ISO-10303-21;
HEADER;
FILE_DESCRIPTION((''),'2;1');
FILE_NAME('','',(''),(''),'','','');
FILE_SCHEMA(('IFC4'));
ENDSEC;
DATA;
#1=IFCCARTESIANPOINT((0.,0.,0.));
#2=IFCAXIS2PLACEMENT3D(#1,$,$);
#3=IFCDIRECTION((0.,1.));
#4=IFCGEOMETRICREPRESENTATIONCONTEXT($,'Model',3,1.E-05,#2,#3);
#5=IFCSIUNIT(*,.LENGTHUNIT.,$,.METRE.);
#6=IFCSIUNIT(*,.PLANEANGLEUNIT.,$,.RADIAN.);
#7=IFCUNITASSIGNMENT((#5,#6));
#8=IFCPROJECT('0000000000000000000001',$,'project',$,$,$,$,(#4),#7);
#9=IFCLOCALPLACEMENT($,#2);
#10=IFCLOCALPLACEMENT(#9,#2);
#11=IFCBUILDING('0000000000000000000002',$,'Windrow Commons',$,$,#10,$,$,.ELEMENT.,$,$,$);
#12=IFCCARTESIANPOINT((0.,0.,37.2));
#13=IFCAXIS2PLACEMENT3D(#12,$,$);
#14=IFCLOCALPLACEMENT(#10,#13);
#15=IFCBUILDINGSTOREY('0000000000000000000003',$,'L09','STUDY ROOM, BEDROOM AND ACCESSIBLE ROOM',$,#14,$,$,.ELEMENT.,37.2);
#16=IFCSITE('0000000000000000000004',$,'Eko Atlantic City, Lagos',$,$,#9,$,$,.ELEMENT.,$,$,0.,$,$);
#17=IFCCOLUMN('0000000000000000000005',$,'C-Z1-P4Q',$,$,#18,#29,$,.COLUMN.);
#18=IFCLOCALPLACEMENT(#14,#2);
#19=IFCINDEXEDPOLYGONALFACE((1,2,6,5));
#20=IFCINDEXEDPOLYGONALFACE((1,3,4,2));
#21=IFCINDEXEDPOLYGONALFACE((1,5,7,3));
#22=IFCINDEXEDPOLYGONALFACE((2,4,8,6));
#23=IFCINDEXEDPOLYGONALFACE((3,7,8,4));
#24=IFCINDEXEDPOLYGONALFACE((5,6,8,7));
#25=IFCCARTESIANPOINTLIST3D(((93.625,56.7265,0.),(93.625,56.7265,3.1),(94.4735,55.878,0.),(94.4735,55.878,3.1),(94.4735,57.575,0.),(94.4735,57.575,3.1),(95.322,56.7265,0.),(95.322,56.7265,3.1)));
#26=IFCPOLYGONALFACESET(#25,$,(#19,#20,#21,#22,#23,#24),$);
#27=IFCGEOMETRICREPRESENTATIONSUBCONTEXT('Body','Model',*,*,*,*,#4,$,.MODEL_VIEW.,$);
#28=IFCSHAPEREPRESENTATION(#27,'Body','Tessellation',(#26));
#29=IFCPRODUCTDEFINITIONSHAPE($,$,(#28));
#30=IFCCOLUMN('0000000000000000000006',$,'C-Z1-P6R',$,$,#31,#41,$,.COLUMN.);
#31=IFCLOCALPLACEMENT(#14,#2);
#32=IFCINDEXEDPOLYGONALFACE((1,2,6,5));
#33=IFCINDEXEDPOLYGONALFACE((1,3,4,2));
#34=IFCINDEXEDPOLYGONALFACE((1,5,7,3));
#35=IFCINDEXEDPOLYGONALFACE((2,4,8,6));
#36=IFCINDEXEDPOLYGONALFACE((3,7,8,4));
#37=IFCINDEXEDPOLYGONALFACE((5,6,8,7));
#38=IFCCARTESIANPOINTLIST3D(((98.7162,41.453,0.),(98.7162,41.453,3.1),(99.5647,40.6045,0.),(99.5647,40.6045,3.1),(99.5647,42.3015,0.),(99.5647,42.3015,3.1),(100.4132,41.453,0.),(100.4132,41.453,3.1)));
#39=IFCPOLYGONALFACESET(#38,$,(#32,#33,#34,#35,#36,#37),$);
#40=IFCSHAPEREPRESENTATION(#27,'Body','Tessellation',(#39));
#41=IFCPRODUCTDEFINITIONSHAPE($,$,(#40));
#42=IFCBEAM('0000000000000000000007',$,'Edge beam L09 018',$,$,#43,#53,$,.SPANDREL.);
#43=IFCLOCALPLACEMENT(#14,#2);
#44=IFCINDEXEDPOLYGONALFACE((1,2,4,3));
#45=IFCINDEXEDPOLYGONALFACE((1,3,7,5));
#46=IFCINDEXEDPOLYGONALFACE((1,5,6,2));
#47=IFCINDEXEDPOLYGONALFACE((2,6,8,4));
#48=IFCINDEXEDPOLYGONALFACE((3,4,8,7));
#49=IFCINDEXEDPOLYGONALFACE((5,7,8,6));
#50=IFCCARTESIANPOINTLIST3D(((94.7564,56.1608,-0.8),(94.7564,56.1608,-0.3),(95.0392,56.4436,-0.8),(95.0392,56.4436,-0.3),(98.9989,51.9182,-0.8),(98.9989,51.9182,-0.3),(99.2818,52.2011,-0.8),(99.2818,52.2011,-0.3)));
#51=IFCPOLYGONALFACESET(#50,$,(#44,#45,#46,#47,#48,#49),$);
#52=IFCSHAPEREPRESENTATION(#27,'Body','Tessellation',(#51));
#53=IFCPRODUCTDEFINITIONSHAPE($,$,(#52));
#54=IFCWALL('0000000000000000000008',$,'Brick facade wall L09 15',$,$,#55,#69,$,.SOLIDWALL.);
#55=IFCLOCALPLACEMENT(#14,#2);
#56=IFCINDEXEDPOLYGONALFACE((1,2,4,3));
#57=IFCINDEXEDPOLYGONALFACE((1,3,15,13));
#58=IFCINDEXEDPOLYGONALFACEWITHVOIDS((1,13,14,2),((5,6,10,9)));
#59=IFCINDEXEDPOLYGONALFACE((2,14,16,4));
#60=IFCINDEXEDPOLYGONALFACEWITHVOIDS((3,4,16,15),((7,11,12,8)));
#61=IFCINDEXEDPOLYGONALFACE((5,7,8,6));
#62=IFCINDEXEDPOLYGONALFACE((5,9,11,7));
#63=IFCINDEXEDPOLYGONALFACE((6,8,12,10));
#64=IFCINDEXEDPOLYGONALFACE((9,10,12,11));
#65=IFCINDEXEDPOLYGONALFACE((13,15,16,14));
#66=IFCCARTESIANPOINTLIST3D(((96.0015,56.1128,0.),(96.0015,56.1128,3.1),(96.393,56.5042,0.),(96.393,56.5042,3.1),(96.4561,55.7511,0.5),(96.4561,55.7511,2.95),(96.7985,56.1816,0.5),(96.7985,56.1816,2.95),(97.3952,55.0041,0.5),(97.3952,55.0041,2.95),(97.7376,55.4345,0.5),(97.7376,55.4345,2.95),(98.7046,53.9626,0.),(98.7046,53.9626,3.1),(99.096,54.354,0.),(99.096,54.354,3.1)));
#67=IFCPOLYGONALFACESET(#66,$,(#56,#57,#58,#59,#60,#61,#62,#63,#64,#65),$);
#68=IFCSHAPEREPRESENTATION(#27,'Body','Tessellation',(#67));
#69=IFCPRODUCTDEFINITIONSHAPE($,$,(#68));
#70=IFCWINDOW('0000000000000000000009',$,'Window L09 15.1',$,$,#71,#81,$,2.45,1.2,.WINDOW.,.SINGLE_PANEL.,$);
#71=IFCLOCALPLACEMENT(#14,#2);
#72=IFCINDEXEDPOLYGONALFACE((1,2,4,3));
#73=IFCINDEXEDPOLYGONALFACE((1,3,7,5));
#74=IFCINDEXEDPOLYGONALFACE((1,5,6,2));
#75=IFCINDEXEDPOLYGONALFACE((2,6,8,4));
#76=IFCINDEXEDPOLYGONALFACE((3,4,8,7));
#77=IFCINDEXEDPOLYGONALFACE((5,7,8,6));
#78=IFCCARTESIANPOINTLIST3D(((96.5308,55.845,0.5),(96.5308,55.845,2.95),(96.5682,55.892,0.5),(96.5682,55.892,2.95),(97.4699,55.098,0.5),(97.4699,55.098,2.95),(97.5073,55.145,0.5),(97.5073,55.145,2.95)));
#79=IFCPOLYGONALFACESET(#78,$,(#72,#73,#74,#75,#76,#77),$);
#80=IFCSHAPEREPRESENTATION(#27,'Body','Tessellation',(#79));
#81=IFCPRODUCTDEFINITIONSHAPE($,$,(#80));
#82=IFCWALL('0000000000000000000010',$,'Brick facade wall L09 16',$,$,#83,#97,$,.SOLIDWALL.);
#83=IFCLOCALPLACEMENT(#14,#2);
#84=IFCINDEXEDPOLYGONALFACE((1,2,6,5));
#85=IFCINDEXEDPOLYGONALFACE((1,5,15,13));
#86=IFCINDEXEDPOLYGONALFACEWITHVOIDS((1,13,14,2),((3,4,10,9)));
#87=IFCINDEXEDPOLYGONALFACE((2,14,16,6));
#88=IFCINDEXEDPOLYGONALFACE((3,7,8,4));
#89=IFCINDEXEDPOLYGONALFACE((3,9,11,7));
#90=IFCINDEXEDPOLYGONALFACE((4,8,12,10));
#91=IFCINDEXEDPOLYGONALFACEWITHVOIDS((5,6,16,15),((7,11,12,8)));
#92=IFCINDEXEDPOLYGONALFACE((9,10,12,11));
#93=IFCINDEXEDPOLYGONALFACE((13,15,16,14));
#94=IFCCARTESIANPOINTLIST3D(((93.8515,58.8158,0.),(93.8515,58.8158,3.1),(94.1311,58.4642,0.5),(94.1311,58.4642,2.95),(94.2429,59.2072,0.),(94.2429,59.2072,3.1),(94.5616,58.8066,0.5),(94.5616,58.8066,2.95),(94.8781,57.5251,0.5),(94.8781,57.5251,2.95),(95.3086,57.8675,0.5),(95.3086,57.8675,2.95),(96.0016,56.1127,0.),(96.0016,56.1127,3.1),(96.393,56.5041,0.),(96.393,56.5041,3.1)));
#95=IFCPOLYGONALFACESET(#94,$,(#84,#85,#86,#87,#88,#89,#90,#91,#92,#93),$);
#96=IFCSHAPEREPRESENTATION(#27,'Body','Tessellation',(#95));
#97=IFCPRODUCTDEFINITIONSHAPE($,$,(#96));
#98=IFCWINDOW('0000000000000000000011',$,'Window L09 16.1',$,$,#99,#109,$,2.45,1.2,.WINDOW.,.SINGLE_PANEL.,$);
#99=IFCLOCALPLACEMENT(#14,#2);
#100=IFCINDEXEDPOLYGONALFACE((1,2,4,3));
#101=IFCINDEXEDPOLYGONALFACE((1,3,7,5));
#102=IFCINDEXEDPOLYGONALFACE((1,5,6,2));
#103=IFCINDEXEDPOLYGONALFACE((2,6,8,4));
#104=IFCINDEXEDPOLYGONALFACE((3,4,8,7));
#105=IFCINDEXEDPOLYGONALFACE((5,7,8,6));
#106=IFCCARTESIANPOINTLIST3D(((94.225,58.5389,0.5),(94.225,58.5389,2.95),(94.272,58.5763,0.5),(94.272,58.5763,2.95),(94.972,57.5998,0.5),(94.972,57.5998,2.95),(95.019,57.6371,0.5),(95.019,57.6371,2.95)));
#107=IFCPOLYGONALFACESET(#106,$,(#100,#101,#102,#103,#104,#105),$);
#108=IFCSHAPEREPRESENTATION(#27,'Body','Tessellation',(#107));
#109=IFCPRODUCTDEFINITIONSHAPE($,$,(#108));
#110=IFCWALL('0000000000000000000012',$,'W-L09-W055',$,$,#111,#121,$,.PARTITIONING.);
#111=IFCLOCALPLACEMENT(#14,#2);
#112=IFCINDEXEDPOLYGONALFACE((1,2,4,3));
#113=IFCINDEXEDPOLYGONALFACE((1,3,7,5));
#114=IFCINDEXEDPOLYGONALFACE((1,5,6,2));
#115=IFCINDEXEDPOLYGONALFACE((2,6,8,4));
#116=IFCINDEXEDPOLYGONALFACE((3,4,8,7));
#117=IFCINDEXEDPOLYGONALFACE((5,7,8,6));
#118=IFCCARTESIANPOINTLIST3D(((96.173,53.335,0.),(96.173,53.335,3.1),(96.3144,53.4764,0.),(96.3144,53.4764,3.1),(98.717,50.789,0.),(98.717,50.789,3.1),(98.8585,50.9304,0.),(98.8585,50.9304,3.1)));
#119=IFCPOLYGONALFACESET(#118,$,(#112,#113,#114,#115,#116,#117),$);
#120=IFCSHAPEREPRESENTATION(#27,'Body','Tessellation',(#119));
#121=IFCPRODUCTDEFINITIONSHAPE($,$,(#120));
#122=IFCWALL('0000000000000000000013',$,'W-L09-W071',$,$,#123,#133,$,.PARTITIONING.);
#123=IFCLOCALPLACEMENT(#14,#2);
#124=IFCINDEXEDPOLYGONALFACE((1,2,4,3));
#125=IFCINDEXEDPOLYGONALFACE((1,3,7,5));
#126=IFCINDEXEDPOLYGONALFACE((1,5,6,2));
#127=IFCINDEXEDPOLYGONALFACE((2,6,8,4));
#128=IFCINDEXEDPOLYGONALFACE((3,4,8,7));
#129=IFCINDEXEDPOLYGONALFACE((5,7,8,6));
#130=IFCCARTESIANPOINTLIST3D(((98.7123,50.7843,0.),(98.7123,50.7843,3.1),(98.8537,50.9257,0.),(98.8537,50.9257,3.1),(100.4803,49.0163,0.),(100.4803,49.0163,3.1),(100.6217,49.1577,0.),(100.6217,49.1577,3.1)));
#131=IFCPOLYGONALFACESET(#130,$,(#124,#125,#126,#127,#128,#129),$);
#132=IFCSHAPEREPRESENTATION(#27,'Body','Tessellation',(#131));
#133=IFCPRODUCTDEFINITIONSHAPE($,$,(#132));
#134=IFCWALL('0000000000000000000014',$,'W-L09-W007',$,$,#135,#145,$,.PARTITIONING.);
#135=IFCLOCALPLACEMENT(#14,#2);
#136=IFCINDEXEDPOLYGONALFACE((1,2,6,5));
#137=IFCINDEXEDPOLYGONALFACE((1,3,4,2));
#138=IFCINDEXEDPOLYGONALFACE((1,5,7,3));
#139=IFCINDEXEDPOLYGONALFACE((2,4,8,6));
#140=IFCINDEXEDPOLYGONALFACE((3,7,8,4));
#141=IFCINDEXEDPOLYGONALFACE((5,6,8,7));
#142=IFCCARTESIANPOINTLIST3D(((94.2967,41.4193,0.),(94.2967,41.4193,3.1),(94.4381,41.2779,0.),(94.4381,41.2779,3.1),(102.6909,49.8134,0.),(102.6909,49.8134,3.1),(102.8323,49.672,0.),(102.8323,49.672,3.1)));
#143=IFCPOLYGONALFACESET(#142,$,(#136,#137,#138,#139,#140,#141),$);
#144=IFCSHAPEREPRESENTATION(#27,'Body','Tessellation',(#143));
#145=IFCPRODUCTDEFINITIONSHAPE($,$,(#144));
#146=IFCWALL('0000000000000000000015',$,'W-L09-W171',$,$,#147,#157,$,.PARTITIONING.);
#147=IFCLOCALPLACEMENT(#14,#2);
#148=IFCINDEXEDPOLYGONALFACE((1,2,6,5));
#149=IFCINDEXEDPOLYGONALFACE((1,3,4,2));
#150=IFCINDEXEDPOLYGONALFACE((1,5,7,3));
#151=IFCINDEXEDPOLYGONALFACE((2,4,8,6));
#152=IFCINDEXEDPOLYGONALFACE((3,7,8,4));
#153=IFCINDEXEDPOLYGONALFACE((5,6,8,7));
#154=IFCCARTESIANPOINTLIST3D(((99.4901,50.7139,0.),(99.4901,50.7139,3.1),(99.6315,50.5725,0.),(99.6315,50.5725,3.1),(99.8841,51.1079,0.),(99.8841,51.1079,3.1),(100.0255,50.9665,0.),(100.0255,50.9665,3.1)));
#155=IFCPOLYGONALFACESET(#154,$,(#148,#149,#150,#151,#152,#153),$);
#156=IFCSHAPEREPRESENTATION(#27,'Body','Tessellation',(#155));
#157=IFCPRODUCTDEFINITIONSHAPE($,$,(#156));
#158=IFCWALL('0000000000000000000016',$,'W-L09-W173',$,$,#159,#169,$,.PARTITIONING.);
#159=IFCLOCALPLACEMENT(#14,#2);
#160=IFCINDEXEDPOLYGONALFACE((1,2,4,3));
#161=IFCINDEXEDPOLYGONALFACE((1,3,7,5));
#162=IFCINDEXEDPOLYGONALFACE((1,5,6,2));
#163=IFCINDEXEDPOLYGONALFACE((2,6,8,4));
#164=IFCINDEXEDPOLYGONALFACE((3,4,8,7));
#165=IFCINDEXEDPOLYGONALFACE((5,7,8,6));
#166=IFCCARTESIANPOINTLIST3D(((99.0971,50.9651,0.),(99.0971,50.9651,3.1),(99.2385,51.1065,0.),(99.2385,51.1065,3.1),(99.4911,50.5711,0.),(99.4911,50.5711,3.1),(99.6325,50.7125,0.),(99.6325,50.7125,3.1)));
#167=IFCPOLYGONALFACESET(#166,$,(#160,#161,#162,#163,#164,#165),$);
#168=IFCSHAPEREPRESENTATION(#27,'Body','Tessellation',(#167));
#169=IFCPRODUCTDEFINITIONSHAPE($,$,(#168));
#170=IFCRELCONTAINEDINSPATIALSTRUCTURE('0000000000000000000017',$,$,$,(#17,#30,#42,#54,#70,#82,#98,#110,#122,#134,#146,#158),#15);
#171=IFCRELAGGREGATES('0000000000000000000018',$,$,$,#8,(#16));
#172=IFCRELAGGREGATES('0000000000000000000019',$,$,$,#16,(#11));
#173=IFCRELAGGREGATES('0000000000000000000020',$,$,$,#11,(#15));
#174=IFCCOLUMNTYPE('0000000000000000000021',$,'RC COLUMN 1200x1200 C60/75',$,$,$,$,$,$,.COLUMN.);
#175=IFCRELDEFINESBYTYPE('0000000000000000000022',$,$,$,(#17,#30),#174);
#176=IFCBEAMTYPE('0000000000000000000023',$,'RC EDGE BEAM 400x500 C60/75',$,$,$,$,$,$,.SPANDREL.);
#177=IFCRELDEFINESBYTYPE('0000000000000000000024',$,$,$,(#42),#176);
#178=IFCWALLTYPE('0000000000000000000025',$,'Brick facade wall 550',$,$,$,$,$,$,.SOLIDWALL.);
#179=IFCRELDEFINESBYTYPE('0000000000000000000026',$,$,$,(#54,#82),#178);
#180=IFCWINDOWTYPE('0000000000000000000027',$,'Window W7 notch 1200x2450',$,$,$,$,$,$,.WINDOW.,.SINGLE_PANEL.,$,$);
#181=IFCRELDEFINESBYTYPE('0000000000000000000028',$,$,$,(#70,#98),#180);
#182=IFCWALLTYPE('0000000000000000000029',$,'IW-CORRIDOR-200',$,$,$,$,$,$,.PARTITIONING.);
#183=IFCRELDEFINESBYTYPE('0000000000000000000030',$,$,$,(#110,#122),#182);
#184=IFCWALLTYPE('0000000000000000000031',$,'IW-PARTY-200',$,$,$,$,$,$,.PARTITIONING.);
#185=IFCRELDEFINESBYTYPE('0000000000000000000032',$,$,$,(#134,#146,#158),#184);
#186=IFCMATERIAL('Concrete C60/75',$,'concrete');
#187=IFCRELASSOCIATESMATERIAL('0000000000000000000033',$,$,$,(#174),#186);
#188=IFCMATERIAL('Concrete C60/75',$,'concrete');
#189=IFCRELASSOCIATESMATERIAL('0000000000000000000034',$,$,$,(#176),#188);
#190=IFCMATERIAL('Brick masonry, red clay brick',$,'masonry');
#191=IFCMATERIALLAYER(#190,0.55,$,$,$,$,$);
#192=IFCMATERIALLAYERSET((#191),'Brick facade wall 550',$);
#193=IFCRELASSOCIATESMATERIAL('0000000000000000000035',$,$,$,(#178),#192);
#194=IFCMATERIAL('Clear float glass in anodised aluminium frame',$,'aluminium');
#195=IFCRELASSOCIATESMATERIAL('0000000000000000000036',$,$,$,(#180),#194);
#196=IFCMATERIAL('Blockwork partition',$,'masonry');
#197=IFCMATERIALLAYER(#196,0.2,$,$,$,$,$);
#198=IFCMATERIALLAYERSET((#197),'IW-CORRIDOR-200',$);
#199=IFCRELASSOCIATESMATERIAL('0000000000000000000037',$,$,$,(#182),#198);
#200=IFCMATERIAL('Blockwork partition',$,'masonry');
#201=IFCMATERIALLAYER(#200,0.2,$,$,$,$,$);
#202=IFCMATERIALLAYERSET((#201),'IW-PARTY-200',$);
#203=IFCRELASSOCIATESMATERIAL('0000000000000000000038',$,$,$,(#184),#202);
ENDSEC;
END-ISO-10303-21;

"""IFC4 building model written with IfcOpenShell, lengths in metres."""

from ifc_helpers import new_model, si_unit, direction, frame, frame_2d, origin, origin_2d, place, context, subcontext, project, spatial, polyline, rectangle, outline, extrude, material, layer, layer_set, material_profile, profile_set, type_object, element, fill, save


model = new_model("IFC4")

# Units and contexts
model_context = context("Model", 3, precision=1e-05, world=origin(), true_north=direction((0.0, 1.0)))
body_context = subcontext(model_context, "Body", "Model", "MODEL_VIEW")
ifc_project = project(units=[si_unit("LENGTHUNIT", "METRE"), si_unit("PLANEANGLEUNIT", "RADIAN")], contexts=[model_context])

# Site, building, storey
site_placement = place(None, origin())
site = spatial("IfcSite", under=ifc_project, at=site_placement, Name="Eko Atlantic City, Lagos", CompositionType="ELEMENT", RefElevation=0.0)
building_placement = place(site_placement, origin())
building = spatial("IfcBuilding", under=site, at=building_placement, Name="Windrow Commons", CompositionType="ELEMENT")
storey_placement = place(building_placement, frame((0.0, 0.0, 37.2)))
storey = spatial("IfcBuildingStorey", under=building, at=storey_placement, Name="L09", Description="STUDY ROOM, BEDROOM AND ACCESSIBLE ROOM", CompositionType="ELEMENT", Elevation=37.2)

# Columns
ifc_material_1 = material(Name="Concrete C60/75", Category="concrete")
ifc_material_profile_1 = material_profile(ifc_material_1, rectangle(XDim=1.2, YDim=1.2, at=origin_2d()))
ifc_profile_set_1 = profile_set([ifc_material_profile_1], Name="Concrete C60/75")
column_type = type_object("IfcColumnType", Name="RC COLUMN 1200x1200 C60/75", PredefinedType="COLUMN", material=ifc_profile_set_1)
for number, where, z_axis, x_axis, name in (
    (1, (94.4735, 56.7265, 0.0), (0.0, 0.0, 1.0), (0.707107, -0.707107, 0.0), "C-Z1-P4Q"),
    (2, (99.5647, 41.453, 0.0), (0.0, 0.0, 1.0), (0.707107, -0.707107, 0.0), "C-Z1-P6R"),
):
    element("IfcColumn", number, at=place(storey_placement, frame(where, z_axis=z_axis, x_axis=x_axis)), inside=storey, type_object=column_type, Name=name, PredefinedType="COLUMN", context=body_context, shape_type="SweptSolid", body=[
        extrude(rectangle(XDim=1.2, YDim=1.2, at=origin_2d()), origin(), (0.0, 0.0, 1.0), 3.1),
    ])

# Beam
ifc_material_2 = material(Name="Concrete C60/75", Category="concrete")
ifc_material_profile_2 = material_profile(ifc_material_2, rectangle(XDim=0.4, YDim=0.5, at=origin_2d()))
ifc_profile_set_2 = profile_set([ifc_material_profile_2], Name="Concrete C60/75")
beam_type = type_object("IfcBeamType", Name="RC EDGE BEAM 400x500 C60/75", PredefinedType="SPANDREL", material=ifc_profile_set_2)
beam_placement = place(storey_placement, frame((94.8978, 56.3022, -0.55), z_axis=(0.707107, -0.707107, 0.0), x_axis=(0.707107, 0.707107, 0.0)))
element("IfcBeam", 3, at=beam_placement, inside=storey, type_object=beam_type, Name="Edge beam L09 018", PredefinedType="SPANDREL", context=body_context, shape_type="SweptSolid", body=[
    extrude(rectangle(XDim=0.4, YDim=0.5, at=origin_2d()), origin(), (0.0, 0.0, 1.0), 5.9999),
])

# Walls, openings, windows
ifc_material_3 = material(Name="Brick masonry, red clay brick", Category="masonry")
ifc_layer_1 = layer(ifc_material_3, 0.55)
ifc_layer_set_1 = layer_set([ifc_layer_1], Name="Brick facade wall 550")
wall_type_1 = type_object("IfcWallType", Name="Brick facade wall 550", PredefinedType="SOLIDWALL", material=ifc_layer_set_1)
wall_1_placement = place(storey_placement, frame((98.9003, 54.1583, 0.0), z_axis=(0.0, 0.0, 1.0), x_axis=(-0.782603, 0.622521, 0.0)))
wall_1 = element("IfcWall", 4, at=wall_1_placement, inside=storey, type_object=wall_type_1, Name="Brick facade wall L09 15", PredefinedType="SOLIDWALL", context=body_context, shape_type="SweptSolid", body=[
    extrude(outline(polyline([(-0.0313, -0.275), (3.4226, -0.275), (3.4853, 0.275), (0.0313, 0.275), (-0.0313, -0.275)])), origin(), (0.0, 0.0, 1.0), 3.1),
])
opening_1_placement = place(wall_1_placement, frame((1.7044, 0.0, 0.5)))
opening_1 = element("IfcOpeningElement", 5, at=opening_1_placement, cuts=wall_1, PredefinedType="OPENING", context=body_context, shape_type="SweptSolid", body=[
    extrude(rectangle(XDim=1.2, YDim=2.45, at=frame_2d((0.6, 1.225))), frame((0.0, 0.285, 0.0), z_axis=(0.0, -1.0, 0.0), x_axis=(1.0, 0.0, 0.0)), (0.0, 0.0, 1.0), 0.57),
])
ifc_material_4 = material(Name="Clear float glass in anodised aluminium frame", Category="aluminium")
window_type = type_object("IfcWindowType", Name="Window W7 notch 1200x2450", PartitioningType="SINGLE_PANEL", PredefinedType="WINDOW", material=ifc_material_4)
window_1_placement = place(opening_1_placement, origin())
window_1 = element("IfcWindow", 6, at=window_1_placement, inside=storey, type_object=window_type, Name="Window L09 15.1", OverallHeight=2.45, OverallWidth=1.2, PartitioningType="SINGLE_PANEL", PredefinedType="WINDOW", context=body_context, shape_type="SweptSolid", body=[
    extrude(rectangle(XDim=1.2, YDim=2.45, at=frame_2d((0.6, 1.225))), frame((0.0, 0.155, 0.0), z_axis=(0.0, -1.0, 0.0), x_axis=(1.0, 0.0, 0.0)), (0.0, 0.0, 1.0), 0.06),
])
fill(opening_1, window_1)
wall_2_placement = place(storey_placement, frame((96.1973, 56.3084, 0.0), z_axis=(0.0, 0.0, 1.0), x_axis=(-0.622507, 0.782614, 0.0)))
wall_2 = element("IfcWall", 7, at=wall_2_placement, inside=storey, type_object=wall_type_1, Name="Brick facade wall L09 16", PredefinedType="SOLIDWALL", context=body_context, shape_type="SweptSolid", body=[
    extrude(outline(polyline([(0.0313, -0.275), (3.4853, -0.275), (3.4226, 0.275), (-0.0313, 0.275), (0.0313, -0.275)])), origin(), (0.0, 0.0, 1.0), 3.1),
])
opening_2_placement = place(wall_2_placement, frame((1.7734, 0.0, 0.5)))
opening_2 = element("IfcOpeningElement", 8, at=opening_2_placement, cuts=wall_2, PredefinedType="OPENING", context=body_context, shape_type="SweptSolid", body=[
    extrude(rectangle(XDim=1.2, YDim=2.45, at=frame_2d((0.6, 1.225))), frame((0.0, 0.285, 0.0), z_axis=(0.0, -1.0, 0.0), x_axis=(1.0, 0.0, 0.0)), (0.0, 0.0, 1.0), 0.57),
])
window_2_placement = place(opening_2_placement, origin())
window_2 = element("IfcWindow", 9, at=window_2_placement, inside=storey, type_object=window_type, Name="Window L09 16.1", OverallHeight=2.45, OverallWidth=1.2, PartitioningType="SINGLE_PANEL", PredefinedType="WINDOW", context=body_context, shape_type="SweptSolid", body=[
    extrude(rectangle(XDim=1.2, YDim=2.45, at=frame_2d((0.6, 1.225))), frame((0.0, 0.155, 0.0), z_axis=(0.0, -1.0, 0.0), x_axis=(1.0, 0.0, 0.0)), (0.0, 0.0, 1.0), 0.06),
])
fill(opening_2, window_2)

# Walls
ifc_material_5 = material(Name="Blockwork partition", Category="masonry")
ifc_layer_2 = layer(ifc_material_5, 0.2)
ifc_layer_set_2 = layer_set([ifc_layer_2], Name="IW-CORRIDOR-200")
wall_type_2 = type_object("IfcWallType", Name="IW-CORRIDOR-200", PredefinedType="PARTITIONING", material=ifc_layer_set_2)
wall_3_placement = place(storey_placement, frame((96.2437, 53.4057, 0.0), z_axis=(0.0, 0.0, 1.0), x_axis=(0.706829, -0.707385, 0.0)))
element("IfcWall", 10, at=wall_3_placement, inside=storey, type_object=wall_type_2, Name="W-L09-W055", PredefinedType="PARTITIONING", context=body_context, shape_type="SweptSolid", body=[
    extrude(rectangle(XDim=3.5992, YDim=0.2, at=frame_2d((1.7996, 0.0))), origin(), (0.0, 0.0, 1.0), 3.1),
])
wall_4_placement = place(storey_placement, frame((98.783, 50.855, 0.0), z_axis=(0.0, 0.0, 1.0), x_axis=(0.707107, -0.707107, 0.0)))
element("IfcWall", 11, at=wall_4_placement, inside=storey, type_object=wall_type_2, Name="W-L09-W071", PredefinedType="PARTITIONING", context=body_context, shape_type="SweptSolid", body=[
    extrude(rectangle(XDim=2.5003, YDim=0.2, at=frame_2d((1.2502, 0.0))), origin(), (0.0, 0.0, 1.0), 3.1),
])
ifc_material_6 = material(Name="Blockwork partition", Category="masonry")
ifc_layer_3 = layer(ifc_material_6, 0.2)
ifc_layer_set_3 = layer_set([ifc_layer_3], Name="IW-PARTY-200")
wall_type_3 = type_object("IfcWallType", Name="IW-PARTY-200", PredefinedType="PARTITIONING", material=ifc_layer_set_3)
wall_5_placement = place(storey_placement, frame((94.3674, 41.3486, 0.0), z_axis=(0.0, 0.0, 1.0), x_axis=(0.707111, 0.707103, 0.0)))
element("IfcWall", 12, at=wall_5_placement, inside=storey, type_object=wall_type_3, Name="W-L09-W007", PredefinedType="PARTITIONING", context=body_context, shape_type="SweptSolid", body=[
    extrude(rectangle(XDim=11.8711, YDim=0.2, at=frame_2d((5.9356, 0.0))), origin(), (0.0, 0.0, 1.0), 3.1),
])
for number, where, z_axis, x_axis, name in (
    (13, (99.5608, 50.6432, 0.0), (0.0, 0.0, 1.0), (0.707107, 0.707107, 0.0), "W-L09-W171"),
    (14, (99.1678, 51.0358, 0.0), (0.0, 0.0, 1.0), (0.707107, -0.707107, 0.0), "W-L09-W173"),
):
    element("IfcWall", number, at=place(storey_placement, frame(where, z_axis=z_axis, x_axis=x_axis)), inside=storey, type_object=wall_type_3, Name=name, PredefinedType="PARTITIONING", context=body_context, shape_type="SweptSolid", body=[
        extrude(rectangle(XDim=0.5572, YDim=0.2, at=frame_2d((0.2786, 0.0))), origin(), (0.0, 0.0, 1.0), 3.1),
    ])

save(model, "model.ifc")
